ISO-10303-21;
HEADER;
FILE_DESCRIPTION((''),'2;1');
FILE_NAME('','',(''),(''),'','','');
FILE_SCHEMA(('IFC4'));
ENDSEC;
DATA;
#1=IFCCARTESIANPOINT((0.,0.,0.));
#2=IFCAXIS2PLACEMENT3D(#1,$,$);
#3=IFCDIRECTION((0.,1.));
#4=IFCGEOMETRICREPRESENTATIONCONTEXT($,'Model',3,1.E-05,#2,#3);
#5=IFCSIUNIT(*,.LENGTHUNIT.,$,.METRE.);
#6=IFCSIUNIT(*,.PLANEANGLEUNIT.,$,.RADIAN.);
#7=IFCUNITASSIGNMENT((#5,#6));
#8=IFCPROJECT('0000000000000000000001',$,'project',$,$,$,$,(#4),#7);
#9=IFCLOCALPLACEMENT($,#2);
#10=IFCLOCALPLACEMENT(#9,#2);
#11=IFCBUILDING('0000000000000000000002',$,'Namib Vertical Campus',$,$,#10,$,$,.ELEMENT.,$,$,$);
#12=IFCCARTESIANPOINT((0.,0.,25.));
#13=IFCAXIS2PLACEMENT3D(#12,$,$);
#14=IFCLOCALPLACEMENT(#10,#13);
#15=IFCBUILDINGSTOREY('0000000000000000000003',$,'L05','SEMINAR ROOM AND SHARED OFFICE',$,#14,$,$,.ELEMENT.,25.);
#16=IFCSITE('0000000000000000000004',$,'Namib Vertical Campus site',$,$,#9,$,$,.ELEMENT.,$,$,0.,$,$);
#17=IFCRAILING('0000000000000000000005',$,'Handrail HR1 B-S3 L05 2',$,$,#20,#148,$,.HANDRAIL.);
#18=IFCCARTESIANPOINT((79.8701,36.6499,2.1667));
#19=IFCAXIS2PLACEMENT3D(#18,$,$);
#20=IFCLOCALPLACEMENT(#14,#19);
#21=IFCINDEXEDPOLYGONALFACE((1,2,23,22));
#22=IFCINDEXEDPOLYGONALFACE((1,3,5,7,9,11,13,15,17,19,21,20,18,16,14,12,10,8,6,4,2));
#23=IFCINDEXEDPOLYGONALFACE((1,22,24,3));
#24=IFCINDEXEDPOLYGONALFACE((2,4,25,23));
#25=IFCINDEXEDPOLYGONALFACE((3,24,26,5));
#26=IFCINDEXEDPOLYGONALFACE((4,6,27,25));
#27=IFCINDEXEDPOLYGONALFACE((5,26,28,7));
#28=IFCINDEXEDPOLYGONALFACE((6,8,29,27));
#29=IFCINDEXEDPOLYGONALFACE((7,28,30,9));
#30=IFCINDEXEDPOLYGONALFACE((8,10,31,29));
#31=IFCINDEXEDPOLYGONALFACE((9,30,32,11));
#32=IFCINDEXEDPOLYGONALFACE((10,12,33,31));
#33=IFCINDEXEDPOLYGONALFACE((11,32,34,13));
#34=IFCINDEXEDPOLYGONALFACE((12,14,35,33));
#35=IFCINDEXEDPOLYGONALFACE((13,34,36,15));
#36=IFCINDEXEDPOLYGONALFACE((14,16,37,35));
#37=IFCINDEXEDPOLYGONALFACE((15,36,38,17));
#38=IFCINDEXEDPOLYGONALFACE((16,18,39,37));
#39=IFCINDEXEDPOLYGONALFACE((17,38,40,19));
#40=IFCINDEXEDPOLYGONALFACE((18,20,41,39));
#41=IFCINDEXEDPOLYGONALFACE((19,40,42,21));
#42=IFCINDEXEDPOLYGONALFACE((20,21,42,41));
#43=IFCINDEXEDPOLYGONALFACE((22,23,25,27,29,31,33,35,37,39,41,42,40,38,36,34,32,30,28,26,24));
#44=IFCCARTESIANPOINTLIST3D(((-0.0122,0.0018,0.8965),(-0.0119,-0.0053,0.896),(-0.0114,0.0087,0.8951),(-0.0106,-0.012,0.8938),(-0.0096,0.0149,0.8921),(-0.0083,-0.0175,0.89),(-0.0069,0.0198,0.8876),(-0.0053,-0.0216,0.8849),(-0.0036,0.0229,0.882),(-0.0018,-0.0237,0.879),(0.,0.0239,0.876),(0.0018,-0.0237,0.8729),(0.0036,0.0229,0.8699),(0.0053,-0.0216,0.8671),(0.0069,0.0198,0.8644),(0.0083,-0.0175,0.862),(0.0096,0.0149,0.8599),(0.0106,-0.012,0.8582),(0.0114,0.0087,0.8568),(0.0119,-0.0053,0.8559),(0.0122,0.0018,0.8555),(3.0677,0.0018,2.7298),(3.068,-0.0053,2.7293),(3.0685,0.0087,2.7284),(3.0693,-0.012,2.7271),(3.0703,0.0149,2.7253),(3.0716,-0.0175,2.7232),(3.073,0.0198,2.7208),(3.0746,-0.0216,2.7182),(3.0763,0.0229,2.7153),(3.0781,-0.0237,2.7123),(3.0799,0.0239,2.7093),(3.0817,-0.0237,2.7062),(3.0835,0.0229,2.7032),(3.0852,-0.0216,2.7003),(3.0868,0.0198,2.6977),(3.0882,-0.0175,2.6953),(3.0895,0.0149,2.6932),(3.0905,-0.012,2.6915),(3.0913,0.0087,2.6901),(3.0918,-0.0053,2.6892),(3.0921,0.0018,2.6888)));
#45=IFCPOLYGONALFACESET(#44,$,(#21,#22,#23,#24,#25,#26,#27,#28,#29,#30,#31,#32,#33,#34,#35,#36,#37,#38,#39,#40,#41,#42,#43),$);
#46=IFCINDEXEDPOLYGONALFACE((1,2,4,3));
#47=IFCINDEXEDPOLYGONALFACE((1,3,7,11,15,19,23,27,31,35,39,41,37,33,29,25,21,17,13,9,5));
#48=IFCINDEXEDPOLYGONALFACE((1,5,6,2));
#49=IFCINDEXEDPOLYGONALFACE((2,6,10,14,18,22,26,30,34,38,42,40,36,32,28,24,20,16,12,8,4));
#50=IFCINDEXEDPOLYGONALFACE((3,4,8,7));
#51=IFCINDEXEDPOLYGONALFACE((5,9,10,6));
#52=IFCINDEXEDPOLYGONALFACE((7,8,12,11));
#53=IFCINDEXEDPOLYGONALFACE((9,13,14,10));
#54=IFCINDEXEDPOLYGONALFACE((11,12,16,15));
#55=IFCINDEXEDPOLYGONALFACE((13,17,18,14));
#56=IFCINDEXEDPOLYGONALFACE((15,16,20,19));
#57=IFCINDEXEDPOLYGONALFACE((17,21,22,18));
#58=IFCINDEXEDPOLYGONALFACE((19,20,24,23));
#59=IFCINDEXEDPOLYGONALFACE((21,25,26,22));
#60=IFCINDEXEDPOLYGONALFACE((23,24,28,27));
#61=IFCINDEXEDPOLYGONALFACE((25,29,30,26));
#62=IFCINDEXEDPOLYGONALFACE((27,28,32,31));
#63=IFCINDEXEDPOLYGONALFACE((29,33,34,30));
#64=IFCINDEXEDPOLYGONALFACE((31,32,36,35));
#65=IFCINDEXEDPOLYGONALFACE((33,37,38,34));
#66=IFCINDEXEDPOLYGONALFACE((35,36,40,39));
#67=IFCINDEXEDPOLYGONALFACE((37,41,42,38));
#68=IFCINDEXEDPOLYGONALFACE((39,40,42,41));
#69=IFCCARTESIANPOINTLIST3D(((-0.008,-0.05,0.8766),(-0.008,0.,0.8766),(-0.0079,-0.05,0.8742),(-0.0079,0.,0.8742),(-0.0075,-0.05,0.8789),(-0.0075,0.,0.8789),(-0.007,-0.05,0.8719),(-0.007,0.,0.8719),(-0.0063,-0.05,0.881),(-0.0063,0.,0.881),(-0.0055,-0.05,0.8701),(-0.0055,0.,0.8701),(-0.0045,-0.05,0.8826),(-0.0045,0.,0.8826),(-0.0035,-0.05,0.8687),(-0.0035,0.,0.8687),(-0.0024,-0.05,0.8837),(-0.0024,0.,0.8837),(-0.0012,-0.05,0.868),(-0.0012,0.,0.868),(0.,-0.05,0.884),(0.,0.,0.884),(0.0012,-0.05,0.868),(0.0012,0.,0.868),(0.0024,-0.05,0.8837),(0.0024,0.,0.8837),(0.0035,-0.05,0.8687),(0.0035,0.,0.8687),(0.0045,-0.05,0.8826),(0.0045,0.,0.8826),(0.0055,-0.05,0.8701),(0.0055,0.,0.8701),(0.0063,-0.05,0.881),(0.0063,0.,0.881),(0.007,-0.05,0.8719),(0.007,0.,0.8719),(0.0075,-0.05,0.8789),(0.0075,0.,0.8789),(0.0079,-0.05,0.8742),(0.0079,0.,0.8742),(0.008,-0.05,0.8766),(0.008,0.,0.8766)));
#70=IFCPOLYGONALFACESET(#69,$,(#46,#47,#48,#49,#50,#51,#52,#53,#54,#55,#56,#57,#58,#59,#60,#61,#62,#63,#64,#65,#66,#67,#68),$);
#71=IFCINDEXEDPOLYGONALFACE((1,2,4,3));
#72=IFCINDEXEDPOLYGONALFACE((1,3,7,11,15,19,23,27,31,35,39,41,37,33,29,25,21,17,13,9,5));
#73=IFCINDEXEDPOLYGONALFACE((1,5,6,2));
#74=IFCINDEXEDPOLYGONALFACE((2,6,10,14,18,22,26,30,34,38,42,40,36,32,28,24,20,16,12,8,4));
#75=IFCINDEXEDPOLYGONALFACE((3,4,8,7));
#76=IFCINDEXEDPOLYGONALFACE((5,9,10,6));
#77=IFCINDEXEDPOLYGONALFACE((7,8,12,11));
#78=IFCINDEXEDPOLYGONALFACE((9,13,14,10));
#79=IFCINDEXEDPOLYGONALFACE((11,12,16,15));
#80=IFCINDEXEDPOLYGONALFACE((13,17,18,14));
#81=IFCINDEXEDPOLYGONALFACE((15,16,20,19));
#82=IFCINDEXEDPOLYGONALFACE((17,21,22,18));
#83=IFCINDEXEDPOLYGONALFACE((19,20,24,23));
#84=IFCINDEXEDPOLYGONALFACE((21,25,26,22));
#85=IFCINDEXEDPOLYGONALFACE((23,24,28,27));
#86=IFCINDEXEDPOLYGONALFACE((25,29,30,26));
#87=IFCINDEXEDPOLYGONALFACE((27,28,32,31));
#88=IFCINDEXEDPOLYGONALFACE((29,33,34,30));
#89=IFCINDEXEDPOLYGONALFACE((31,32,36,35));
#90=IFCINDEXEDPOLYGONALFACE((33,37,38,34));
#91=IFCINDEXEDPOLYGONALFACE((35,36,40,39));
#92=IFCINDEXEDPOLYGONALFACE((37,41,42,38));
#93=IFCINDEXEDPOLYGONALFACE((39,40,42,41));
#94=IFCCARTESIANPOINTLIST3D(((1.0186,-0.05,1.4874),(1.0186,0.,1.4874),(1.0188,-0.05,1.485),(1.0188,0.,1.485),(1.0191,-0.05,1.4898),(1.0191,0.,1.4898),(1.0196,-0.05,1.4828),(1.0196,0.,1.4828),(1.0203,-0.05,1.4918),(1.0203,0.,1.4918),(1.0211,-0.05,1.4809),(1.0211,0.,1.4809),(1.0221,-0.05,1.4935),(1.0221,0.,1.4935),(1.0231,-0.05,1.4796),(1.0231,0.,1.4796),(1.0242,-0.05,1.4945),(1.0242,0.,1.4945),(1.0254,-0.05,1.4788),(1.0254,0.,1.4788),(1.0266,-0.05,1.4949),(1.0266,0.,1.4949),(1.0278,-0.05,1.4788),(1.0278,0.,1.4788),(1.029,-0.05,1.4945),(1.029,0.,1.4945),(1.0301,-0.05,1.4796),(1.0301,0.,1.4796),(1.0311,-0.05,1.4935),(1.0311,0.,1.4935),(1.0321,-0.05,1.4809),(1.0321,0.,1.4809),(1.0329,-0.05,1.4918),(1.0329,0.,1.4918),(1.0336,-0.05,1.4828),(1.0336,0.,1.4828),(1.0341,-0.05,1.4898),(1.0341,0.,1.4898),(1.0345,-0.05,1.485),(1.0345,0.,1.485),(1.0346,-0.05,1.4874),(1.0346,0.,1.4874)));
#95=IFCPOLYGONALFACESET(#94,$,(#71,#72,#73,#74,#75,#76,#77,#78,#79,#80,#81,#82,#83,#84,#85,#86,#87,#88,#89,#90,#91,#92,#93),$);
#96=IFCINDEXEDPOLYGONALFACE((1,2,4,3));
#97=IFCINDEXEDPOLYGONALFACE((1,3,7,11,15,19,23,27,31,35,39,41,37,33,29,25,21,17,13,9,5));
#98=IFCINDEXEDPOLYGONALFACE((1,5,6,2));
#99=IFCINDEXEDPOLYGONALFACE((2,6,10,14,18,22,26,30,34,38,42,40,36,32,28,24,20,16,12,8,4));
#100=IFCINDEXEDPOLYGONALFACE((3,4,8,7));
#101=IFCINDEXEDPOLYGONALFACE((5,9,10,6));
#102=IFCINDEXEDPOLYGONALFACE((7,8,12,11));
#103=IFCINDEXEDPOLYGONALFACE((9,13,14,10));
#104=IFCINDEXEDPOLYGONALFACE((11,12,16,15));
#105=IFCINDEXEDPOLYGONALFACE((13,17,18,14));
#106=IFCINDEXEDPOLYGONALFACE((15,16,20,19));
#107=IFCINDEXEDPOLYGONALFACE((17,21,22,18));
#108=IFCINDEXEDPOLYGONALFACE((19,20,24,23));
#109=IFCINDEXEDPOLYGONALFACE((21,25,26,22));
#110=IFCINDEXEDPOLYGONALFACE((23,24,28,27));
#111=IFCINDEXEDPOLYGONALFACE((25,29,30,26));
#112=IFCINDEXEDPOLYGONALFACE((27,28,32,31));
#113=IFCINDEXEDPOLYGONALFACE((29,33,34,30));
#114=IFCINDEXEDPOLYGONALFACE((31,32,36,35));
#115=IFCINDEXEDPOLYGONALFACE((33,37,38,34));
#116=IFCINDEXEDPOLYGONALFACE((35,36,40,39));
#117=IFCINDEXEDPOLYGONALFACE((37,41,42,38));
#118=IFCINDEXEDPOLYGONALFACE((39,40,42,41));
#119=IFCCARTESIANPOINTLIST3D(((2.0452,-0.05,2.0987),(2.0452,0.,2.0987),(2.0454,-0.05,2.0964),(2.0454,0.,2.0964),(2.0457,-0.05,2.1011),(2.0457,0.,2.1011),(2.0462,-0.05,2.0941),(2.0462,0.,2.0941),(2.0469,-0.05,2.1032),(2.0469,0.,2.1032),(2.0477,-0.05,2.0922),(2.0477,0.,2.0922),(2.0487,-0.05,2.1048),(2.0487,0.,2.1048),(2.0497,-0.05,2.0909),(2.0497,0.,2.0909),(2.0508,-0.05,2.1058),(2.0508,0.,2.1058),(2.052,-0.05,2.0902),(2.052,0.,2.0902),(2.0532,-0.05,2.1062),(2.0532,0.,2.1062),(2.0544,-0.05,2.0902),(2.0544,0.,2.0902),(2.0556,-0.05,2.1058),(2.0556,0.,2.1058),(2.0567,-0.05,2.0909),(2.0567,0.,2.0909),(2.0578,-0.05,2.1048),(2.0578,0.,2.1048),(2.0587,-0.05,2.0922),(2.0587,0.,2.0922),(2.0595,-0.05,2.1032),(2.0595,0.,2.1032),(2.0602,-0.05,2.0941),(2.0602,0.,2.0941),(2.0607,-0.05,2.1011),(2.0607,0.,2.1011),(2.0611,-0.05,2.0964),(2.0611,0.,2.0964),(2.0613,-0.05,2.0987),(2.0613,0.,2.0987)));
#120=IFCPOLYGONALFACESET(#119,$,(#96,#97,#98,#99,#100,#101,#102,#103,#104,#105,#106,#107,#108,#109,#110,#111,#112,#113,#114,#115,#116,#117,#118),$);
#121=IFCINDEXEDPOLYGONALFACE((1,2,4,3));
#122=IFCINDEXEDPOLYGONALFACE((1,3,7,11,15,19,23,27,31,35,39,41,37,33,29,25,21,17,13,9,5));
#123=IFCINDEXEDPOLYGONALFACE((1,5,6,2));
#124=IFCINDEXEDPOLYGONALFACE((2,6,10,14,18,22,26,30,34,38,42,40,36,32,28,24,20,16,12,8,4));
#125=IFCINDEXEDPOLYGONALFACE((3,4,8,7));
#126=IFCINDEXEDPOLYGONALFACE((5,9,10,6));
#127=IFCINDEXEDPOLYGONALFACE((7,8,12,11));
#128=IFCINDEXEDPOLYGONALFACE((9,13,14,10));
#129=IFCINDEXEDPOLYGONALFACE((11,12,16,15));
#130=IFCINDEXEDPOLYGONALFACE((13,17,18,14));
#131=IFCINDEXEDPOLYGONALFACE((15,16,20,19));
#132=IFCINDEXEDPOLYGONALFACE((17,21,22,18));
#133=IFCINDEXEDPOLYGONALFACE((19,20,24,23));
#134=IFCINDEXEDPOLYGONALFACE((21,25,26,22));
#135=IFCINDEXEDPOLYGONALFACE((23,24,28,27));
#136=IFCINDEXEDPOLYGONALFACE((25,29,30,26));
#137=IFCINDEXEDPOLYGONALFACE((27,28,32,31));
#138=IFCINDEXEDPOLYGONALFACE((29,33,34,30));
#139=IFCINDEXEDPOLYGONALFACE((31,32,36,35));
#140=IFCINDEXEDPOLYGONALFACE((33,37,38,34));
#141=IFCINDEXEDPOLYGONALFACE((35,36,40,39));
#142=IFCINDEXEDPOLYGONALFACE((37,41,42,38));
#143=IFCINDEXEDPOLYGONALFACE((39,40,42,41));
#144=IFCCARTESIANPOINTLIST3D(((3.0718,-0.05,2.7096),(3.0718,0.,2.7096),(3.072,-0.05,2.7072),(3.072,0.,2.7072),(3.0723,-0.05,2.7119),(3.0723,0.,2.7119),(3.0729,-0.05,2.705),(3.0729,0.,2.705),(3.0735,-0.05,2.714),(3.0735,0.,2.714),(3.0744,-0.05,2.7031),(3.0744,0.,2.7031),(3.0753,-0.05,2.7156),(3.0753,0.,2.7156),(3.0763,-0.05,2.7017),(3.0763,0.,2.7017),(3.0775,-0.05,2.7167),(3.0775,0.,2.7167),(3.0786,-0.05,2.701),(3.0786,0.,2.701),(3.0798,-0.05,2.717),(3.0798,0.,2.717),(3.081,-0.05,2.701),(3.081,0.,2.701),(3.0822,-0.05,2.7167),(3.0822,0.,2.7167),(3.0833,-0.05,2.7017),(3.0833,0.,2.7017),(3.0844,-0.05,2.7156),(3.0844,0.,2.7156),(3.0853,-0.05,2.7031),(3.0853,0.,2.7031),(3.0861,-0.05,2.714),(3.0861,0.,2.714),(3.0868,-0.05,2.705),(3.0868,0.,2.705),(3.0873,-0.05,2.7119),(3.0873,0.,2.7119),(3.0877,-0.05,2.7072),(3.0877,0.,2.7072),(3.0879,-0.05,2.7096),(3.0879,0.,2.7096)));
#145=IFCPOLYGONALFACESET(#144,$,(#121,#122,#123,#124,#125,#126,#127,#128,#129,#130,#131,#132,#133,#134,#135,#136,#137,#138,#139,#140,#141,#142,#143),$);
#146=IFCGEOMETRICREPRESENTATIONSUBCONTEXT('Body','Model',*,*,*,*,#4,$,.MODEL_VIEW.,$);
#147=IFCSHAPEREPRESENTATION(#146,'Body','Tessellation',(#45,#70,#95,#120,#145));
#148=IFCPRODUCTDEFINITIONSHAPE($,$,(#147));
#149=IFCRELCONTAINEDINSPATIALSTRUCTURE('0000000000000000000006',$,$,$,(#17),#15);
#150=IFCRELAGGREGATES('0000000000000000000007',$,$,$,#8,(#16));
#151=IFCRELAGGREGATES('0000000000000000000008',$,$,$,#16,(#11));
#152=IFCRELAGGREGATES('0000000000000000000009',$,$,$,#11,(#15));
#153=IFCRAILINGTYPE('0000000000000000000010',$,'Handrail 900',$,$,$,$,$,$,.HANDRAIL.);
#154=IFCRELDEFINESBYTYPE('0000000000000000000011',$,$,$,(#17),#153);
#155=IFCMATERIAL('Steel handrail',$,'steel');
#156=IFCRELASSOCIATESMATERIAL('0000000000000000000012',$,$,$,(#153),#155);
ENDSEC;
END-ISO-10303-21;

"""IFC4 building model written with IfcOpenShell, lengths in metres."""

from ifc_helpers import new_model, si_unit, direction, frame, origin, origin_2d, place, context, subcontext, project, spatial, circle, extrude, material, type_object, element, save


model = new_model("IFC4")

# Units and contexts
model_context = context("Model", 3, precision=1e-05, world=origin(), true_north=direction((0.0, 1.0)))
body_context = subcontext(model_context, "Body", "Model", "MODEL_VIEW")
ifc_project = project(units=[si_unit("LENGTHUNIT", "METRE"), si_unit("PLANEANGLEUNIT", "RADIAN")], contexts=[model_context])

# Site, building, storey
site_placement = place(None, origin())
site = spatial("IfcSite", under=ifc_project, at=site_placement, Name="Namib Vertical Campus site", CompositionType="ELEMENT", RefElevation=0.0)
building_placement = place(site_placement, origin())
building = spatial("IfcBuilding", under=site, at=building_placement, Name="Namib Vertical Campus", CompositionType="ELEMENT")
storey_placement = place(building_placement, frame((0.0, 0.0, 25.0)))
storey = spatial("IfcBuildingStorey", under=building, at=storey_placement, Name="L05", Description="SEMINAR ROOM AND SHARED OFFICE", CompositionType="ELEMENT", Elevation=25.0)

# Railing
ifc_material_1 = material(Name="Steel handrail", Category="steel")
railing_type = type_object("IfcRailingType", Name="Handrail 900", PredefinedType="HANDRAIL", material=ifc_material_1)
railing_placement = place(storey_placement, frame((79.8701, 36.6499, 2.1667)))
element("IfcRailing", 1, at=railing_placement, inside=storey, type_object=railing_type, Name="Handrail HR1 B-S3 L05 2", PredefinedType="HANDRAIL", context=body_context, shape_type="SweptSolid", body=[
    extrude(circle(Radius=0.0239, at=origin_2d()), frame((0.0, 0.0, 0.876), z_axis=(0.859291, 0.0, 0.511487), x_axis=(0.0, 1.0, 0.0)), (0.0, 0.0, 1.0), 3.5842),
    extrude(circle(Radius=0.0081, at=origin_2d()), frame((0.0, 0.0, 0.876), z_axis=(0.0, -1.0, 0.0), x_axis=(0.0, 0.0, 1.0)), (0.0, 0.0, 1.0), 0.05),
    extrude(circle(Radius=0.0081, at=origin_2d()), frame((1.0266, 0.0, 1.4868), z_axis=(0.0, -1.0, 0.0), x_axis=(0.0, 0.0, 1.0)), (0.0, 0.0, 1.0), 0.05),
    extrude(circle(Radius=0.0081, at=origin_2d()), frame((2.0532, 0.0, 2.0981), z_axis=(0.0, -1.0, 0.0), x_axis=(0.0, 0.0, 1.0)), (0.0, 0.0, 1.0), 0.05),
    extrude(circle(Radius=0.0081, at=origin_2d()), frame((3.0798, 0.0, 2.709), z_axis=(0.0, -1.0, 0.0), x_axis=(0.0, 0.0, 1.0)), (0.0, 0.0, 1.0), 0.05),
])

save(model, "model.ifc")
